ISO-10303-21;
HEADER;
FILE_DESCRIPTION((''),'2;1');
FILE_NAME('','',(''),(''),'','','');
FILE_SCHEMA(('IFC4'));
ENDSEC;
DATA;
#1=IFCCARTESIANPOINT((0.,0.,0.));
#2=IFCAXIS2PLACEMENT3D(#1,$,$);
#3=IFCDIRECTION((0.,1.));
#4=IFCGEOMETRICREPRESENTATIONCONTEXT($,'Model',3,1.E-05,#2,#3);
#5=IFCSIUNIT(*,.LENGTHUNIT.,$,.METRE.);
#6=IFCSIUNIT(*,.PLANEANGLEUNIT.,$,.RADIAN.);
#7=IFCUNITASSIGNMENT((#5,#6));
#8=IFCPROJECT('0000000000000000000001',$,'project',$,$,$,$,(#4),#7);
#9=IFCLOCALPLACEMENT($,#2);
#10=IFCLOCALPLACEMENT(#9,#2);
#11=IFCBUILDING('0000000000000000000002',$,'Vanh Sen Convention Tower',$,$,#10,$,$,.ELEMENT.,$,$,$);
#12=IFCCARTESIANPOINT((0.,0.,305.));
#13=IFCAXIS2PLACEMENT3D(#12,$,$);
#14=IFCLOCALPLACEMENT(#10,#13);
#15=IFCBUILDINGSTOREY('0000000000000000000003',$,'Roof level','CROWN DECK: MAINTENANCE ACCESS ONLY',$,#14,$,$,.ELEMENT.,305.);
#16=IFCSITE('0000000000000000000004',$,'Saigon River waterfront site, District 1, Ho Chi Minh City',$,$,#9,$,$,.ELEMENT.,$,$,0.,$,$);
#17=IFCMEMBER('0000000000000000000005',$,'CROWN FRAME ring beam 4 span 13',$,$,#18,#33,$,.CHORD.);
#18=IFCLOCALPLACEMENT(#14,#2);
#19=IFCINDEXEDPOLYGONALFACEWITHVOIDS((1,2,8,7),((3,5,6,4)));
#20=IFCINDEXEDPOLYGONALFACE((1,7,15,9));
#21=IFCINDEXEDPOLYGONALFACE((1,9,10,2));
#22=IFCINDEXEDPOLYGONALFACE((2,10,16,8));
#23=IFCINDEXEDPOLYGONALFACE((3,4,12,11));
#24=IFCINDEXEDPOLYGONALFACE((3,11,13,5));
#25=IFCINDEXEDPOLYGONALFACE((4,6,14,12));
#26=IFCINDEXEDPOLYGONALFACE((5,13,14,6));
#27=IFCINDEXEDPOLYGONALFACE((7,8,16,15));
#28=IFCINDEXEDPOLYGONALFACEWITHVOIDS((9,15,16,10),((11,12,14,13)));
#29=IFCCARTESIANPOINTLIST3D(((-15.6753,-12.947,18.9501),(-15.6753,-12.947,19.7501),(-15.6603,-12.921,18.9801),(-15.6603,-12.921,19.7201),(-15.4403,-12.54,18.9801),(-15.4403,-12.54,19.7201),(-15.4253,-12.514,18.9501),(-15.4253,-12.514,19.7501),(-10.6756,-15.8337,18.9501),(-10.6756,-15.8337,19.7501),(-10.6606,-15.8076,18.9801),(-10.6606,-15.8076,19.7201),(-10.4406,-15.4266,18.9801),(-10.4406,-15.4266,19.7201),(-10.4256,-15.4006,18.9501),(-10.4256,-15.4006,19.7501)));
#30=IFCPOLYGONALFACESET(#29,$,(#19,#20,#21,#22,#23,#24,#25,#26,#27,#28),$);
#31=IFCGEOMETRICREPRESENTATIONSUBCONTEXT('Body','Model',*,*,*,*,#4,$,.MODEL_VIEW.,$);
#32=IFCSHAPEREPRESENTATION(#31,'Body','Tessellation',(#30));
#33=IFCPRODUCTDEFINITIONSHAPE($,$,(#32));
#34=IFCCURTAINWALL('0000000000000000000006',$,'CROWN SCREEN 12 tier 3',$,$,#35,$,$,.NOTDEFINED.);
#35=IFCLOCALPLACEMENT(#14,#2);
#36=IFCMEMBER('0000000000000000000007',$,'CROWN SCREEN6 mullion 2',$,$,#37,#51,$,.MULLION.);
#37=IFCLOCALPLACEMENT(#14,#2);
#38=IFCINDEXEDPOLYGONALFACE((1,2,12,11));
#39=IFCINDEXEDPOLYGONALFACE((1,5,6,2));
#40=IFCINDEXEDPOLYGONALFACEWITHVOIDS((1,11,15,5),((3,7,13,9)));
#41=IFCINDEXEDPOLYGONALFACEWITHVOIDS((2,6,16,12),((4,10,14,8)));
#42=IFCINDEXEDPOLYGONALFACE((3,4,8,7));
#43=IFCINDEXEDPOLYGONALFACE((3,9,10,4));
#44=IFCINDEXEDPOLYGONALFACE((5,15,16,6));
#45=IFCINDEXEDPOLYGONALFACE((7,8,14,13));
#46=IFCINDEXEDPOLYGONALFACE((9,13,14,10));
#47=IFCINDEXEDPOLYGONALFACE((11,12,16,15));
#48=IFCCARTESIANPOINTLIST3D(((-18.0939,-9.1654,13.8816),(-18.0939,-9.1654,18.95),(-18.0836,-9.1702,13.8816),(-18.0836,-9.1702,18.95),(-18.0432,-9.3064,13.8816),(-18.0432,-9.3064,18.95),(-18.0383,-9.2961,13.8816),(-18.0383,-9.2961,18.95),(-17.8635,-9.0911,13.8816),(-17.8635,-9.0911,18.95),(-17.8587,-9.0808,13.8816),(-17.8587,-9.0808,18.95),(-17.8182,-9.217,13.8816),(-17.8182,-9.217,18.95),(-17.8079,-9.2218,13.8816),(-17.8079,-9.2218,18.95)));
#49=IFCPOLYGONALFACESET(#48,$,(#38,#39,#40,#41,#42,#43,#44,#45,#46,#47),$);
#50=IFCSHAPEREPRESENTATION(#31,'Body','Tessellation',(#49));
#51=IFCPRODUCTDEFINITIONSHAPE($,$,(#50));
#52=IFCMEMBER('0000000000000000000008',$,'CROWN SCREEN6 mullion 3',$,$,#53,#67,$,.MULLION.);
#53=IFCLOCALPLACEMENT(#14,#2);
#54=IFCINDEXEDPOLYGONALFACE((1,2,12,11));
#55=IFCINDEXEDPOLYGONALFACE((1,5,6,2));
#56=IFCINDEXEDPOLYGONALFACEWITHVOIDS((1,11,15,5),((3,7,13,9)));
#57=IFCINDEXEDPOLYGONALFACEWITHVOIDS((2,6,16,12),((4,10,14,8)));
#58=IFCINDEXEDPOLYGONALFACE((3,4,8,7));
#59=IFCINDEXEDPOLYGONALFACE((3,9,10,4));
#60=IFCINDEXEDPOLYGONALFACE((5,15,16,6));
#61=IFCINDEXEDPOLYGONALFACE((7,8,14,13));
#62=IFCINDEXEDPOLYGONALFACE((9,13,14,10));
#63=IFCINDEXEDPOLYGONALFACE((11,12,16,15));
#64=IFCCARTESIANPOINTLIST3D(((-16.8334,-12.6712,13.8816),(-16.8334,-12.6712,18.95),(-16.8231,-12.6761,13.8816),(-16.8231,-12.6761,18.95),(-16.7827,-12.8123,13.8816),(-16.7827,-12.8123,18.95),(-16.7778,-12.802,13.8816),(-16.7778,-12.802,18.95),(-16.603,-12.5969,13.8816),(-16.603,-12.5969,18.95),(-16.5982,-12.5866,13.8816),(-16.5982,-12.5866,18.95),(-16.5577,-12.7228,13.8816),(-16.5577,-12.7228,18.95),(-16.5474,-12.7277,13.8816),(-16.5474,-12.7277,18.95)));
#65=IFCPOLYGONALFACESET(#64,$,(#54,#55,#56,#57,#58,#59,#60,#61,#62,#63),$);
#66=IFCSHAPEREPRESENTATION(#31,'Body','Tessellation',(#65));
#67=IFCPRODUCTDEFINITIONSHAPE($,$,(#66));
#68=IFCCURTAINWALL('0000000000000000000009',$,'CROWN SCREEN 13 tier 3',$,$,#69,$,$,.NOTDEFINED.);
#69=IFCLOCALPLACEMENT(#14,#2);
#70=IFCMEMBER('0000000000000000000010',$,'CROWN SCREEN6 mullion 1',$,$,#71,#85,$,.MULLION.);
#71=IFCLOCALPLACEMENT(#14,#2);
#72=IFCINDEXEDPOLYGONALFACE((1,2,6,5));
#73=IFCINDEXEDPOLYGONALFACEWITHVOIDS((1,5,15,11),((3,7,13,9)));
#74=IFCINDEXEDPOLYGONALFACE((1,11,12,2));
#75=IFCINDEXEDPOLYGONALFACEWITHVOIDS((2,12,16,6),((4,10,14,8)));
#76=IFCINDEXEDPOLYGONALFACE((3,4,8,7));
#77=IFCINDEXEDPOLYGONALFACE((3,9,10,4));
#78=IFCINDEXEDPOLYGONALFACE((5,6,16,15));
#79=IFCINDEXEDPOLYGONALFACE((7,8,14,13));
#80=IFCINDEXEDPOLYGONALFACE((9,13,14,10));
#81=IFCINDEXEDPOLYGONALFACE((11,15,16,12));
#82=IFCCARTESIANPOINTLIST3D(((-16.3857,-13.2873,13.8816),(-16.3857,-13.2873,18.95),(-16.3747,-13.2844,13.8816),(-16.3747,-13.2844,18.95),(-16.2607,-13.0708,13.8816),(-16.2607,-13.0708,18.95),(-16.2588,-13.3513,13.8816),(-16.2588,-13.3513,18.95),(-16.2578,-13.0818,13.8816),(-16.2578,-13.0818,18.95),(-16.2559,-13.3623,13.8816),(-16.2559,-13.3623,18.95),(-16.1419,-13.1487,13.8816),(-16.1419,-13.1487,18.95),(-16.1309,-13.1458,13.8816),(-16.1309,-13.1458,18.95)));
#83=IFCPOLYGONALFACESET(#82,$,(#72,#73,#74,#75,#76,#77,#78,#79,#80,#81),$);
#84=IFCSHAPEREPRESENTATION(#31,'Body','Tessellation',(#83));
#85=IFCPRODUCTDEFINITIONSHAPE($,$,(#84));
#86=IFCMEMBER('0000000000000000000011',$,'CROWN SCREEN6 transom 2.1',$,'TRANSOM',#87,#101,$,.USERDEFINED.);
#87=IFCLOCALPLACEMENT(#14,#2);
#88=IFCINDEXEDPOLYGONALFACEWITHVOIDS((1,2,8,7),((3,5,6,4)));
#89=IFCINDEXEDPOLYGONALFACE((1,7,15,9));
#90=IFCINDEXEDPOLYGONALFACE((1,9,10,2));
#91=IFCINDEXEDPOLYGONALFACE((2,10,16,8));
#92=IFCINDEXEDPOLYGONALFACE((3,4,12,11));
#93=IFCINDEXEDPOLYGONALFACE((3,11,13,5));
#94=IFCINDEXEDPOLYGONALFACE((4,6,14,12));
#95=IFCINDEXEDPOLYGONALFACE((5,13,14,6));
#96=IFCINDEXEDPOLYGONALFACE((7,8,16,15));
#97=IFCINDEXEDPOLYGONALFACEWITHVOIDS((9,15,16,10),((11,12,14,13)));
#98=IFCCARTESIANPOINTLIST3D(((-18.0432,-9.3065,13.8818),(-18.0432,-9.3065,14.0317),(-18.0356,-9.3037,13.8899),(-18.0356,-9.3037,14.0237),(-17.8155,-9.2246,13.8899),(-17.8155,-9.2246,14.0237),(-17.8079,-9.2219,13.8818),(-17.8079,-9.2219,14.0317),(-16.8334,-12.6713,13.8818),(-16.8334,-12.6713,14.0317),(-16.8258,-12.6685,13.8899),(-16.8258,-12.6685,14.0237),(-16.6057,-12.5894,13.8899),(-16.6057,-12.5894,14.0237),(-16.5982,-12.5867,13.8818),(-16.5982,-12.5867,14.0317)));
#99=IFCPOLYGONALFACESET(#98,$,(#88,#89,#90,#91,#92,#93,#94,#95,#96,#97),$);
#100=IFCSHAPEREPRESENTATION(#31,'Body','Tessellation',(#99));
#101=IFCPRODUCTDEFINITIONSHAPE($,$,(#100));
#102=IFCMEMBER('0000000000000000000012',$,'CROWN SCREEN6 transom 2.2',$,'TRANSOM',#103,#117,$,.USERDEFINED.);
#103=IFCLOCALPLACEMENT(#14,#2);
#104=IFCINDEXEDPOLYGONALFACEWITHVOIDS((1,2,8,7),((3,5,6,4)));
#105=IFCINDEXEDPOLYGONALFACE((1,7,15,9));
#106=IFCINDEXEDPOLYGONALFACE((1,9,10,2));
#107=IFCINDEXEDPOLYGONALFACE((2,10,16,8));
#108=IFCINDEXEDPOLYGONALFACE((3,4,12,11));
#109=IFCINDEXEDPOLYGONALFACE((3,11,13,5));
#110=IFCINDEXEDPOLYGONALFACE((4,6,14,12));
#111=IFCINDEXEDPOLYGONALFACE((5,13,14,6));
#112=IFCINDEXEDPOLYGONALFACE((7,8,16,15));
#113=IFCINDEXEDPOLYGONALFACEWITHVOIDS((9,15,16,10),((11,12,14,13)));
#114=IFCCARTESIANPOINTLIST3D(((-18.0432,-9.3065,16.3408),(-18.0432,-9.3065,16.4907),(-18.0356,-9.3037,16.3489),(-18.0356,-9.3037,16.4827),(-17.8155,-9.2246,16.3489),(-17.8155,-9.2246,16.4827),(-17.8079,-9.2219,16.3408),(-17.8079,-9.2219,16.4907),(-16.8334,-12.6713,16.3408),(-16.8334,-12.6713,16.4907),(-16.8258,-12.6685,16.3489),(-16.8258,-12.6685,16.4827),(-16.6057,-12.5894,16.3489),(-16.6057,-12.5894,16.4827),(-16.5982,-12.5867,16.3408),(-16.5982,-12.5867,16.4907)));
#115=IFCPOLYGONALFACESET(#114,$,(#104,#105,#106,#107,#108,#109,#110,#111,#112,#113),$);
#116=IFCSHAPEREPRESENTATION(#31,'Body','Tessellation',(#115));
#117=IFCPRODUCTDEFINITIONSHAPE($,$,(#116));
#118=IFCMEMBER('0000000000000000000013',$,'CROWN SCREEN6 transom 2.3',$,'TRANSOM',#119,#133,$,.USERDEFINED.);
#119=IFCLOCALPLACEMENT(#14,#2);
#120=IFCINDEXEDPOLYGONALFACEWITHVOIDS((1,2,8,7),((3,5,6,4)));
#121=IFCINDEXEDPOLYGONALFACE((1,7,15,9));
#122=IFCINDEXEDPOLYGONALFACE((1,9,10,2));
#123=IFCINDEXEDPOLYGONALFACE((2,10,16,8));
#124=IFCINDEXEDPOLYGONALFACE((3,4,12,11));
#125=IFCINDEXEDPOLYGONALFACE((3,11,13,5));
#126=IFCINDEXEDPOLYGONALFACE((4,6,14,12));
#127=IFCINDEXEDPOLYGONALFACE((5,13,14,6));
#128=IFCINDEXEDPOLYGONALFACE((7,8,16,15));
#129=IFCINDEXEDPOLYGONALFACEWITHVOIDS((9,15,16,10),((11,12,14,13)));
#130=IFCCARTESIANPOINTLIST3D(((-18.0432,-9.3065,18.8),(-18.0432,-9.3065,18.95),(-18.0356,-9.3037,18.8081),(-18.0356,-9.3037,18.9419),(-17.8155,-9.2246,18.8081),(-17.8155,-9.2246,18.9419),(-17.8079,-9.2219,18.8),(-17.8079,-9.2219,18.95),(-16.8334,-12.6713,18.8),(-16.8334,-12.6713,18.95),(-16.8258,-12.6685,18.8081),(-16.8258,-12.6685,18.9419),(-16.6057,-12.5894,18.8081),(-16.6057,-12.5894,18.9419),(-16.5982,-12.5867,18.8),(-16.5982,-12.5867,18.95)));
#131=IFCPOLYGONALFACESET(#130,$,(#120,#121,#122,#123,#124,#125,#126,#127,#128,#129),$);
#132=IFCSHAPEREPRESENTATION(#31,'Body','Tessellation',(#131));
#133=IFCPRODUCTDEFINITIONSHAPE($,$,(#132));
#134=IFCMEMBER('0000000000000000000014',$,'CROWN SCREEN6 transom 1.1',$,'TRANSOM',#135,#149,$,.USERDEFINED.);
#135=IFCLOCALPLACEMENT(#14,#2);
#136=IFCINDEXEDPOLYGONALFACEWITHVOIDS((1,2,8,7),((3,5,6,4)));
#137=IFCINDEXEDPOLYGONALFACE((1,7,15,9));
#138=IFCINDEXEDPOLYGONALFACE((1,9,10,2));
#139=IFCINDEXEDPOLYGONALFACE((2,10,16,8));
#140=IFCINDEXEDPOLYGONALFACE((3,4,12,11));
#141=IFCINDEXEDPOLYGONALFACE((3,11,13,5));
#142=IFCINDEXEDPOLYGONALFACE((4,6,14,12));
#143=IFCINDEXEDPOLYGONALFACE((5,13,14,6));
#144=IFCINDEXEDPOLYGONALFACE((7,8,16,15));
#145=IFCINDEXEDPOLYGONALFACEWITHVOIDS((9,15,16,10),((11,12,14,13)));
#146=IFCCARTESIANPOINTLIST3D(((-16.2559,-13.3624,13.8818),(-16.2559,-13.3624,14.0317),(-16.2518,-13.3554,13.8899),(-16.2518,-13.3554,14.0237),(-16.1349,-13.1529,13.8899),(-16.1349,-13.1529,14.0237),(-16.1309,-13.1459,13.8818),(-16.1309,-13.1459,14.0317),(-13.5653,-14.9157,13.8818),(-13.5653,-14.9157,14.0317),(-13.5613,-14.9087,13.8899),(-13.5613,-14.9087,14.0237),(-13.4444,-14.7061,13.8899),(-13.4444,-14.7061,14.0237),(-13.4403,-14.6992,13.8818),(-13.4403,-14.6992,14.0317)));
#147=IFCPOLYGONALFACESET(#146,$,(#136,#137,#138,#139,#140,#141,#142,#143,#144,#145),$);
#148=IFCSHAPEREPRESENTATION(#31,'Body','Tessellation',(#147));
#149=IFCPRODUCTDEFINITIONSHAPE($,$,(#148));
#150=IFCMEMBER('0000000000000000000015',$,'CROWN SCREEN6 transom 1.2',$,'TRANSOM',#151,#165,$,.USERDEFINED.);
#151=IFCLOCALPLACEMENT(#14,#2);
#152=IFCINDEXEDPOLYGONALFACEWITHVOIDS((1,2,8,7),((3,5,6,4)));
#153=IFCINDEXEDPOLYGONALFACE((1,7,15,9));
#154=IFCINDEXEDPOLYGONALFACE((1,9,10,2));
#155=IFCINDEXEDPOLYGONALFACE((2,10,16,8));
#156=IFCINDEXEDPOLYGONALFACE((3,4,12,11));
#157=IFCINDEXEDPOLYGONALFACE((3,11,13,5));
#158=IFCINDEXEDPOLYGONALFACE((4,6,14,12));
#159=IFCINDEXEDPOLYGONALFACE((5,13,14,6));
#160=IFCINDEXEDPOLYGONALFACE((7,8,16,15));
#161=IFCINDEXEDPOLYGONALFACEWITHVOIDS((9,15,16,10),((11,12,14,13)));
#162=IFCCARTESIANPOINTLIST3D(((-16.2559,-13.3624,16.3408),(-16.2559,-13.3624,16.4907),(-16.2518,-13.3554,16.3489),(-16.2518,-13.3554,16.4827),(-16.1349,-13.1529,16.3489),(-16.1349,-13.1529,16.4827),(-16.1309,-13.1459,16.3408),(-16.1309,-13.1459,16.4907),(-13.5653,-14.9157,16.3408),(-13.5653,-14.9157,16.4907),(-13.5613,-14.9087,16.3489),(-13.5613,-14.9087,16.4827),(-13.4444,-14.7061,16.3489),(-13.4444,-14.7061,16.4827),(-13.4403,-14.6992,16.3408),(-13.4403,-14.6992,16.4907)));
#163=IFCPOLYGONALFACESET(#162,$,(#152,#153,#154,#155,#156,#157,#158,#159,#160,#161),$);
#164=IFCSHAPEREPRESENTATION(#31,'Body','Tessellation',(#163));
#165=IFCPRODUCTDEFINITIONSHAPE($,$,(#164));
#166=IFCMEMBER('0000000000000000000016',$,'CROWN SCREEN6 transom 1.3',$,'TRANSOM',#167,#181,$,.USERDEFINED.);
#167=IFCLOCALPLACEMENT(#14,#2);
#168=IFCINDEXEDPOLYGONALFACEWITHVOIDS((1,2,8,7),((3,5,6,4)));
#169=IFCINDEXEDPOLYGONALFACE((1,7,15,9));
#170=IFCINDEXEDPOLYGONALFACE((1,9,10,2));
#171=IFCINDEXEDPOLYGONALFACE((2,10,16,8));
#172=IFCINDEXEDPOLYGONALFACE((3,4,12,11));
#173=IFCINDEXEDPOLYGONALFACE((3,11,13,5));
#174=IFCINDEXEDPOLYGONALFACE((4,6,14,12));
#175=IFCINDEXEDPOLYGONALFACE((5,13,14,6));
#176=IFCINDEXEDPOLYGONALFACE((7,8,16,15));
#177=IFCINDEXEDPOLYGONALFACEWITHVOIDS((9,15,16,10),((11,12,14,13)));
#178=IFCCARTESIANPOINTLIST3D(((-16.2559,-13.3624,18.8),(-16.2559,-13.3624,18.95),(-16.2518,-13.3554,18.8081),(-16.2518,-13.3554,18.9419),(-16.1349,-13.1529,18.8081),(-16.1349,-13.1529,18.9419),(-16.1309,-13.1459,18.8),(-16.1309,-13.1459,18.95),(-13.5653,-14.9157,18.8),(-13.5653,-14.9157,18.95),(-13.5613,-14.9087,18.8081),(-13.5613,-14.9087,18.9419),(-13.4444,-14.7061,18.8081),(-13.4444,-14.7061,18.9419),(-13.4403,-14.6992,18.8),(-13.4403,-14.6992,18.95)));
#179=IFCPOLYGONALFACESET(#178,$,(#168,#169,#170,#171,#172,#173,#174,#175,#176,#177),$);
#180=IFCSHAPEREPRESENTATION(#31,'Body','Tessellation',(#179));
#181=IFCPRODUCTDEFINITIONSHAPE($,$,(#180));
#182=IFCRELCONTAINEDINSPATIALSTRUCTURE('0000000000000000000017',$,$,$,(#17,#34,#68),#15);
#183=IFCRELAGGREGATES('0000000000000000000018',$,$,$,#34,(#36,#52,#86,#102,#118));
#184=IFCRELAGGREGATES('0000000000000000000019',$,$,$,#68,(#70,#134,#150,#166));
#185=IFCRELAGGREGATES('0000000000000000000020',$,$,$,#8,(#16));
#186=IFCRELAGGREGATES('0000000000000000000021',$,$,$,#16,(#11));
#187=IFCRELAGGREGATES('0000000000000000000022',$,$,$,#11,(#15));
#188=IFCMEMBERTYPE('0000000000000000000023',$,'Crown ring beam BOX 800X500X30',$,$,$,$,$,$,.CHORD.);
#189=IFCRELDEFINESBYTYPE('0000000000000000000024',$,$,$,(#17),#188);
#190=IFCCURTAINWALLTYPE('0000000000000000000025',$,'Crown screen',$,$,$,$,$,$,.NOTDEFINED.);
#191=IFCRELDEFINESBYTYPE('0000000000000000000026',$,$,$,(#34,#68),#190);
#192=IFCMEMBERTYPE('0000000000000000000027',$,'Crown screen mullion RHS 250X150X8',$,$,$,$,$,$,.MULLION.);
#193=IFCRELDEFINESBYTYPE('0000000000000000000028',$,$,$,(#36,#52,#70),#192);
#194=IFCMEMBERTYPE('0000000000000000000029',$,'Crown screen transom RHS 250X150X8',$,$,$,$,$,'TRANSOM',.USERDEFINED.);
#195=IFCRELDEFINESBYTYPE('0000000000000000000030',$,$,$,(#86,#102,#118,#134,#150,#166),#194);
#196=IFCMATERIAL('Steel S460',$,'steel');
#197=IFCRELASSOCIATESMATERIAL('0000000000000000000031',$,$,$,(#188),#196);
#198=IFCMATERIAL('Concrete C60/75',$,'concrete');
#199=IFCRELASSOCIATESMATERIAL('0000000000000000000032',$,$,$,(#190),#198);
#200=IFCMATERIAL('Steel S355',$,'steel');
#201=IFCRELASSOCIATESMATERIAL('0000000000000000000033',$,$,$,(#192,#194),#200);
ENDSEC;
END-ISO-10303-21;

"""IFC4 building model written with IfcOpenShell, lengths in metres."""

from ifc_helpers import new_model, si_unit, direction, frame, origin, origin_2d, place, context, subcontext, project, spatial, hollow_rectangle, extrude, material, material_profile, profile_set, type_object, element, aggregate, save


model = new_model("IFC4")

# Units and contexts
model_context = context("Model", 3, precision=1e-05, world=origin(), true_north=direction((0.0, 1.0)))
body_context = subcontext(model_context, "Body", "Model", "MODEL_VIEW")
ifc_project = project(units=[si_unit("LENGTHUNIT", "METRE"), si_unit("PLANEANGLEUNIT", "RADIAN")], contexts=[model_context])

# Site, building, storey
site_placement = place(None, origin())
site = spatial("IfcSite", under=ifc_project, at=site_placement, Name="Saigon River waterfront site, District 1, Ho Chi Minh City", CompositionType="ELEMENT", RefElevation=0.0)
building_placement = place(site_placement, origin())
building = spatial("IfcBuilding", under=site, at=building_placement, Name="Vanh Sen Convention Tower", CompositionType="ELEMENT")
storey_placement = place(building_placement, frame((0.0, 0.0, 305.0)))
storey = spatial("IfcBuildingStorey", under=building, at=storey_placement, Name="Roof level", Description="CROWN DECK: MAINTENANCE ACCESS ONLY", CompositionType="ELEMENT", Elevation=305.0)

# Member
ifc_material_1 = material(Name="Steel S460", Category="steel")
ifc_material_profile_1 = material_profile(ifc_material_1, hollow_rectangle(XDim=0.5, YDim=0.8, WallThickness=0.03, at=origin_2d()), Name="BOX 800X500X30")
ifc_profile_set_1 = profile_set([ifc_material_profile_1], Name="Steel S460")
member_type_1 = type_object("IfcMemberType", Name="Crown ring beam BOX 800X500X30", PredefinedType="CHORD", material=ifc_profile_set_1)
member_1_placement = place(storey_placement, frame((-15.5503, -12.7305, 19.3501), z_axis=(0.866017, -0.500014, 0.0), x_axis=(0.500014, 0.866017, 0.0)))
element("IfcMember", 1, at=member_1_placement, inside=storey, type_object=member_type_1, Name="CROWN FRAME ring beam 4 span 13", PredefinedType="CHORD", context=body_context, shape_type="SweptSolid", body=[
    extrude(hollow_rectangle(XDim=0.5, YDim=0.8, WallThickness=0.03, at=origin_2d()), origin(), (0.0, 0.0, 1.0), 5.7732),
])

# Curtain wall, members
ifc_material_2 = material(Name="Concrete C60/75", Category="concrete")
curtain_wall_type = type_object("IfcCurtainWallType", Name="Crown screen", PredefinedType="NOTDEFINED", material=ifc_material_2)
curtain_wall_1_placement = place(storey_placement, origin())
curtain_wall_1 = element("IfcCurtainWall", 2, at=curtain_wall_1_placement, inside=storey, type_object=curtain_wall_type, Name="CROWN SCREEN 12 tier 3", PredefinedType="NOTDEFINED")
ifc_material_3 = material(Name="Steel S355", Category="steel")
ifc_material_profile_2 = material_profile(ifc_material_3, hollow_rectangle(XDim=0.25, YDim=0.1499, WallThickness=0.0081, at=origin_2d()), Name="RHS 250X150X8")
ifc_profile_set_2 = profile_set([ifc_material_profile_2], Name="Steel S355")
member_type_2 = type_object("IfcMemberType", Name="Crown screen mullion RHS 250X150X8", PredefinedType="MULLION", material=ifc_profile_set_2)
member_2_placement = place(storey_placement, frame((-17.9509, -9.1936, 13.8816), z_axis=(0.0, 0.0, 1.0), x_axis=(0.941021, 0.338349, 0.0)))
member_2 = element("IfcMember", 3, at=member_2_placement, type_object=member_type_2, Name="CROWN SCREEN6 mullion 2", PredefinedType="MULLION", context=body_context, shape_type="SweptSolid", body=[
    extrude(hollow_rectangle(XDim=0.25, YDim=0.1499, WallThickness=0.0081, at=origin_2d()), origin(), (0.0, 0.0, 1.0), 5.0684),
])
member_3_placement = place(storey_placement, frame((-16.6904, -12.6995, 13.8816), z_axis=(0.0, 0.0, 1.0), x_axis=(0.941021, 0.338349, 0.0)))
member_3 = element("IfcMember", 4, at=member_3_placement, type_object=member_type_2, Name="CROWN SCREEN6 mullion 3", PredefinedType="MULLION", context=body_context, shape_type="SweptSolid", body=[
    extrude(hollow_rectangle(XDim=0.25, YDim=0.1499, WallThickness=0.0081, at=origin_2d()), origin(), (0.0, 0.0, 1.0), 5.0684),
])

# Curtain wall, member
curtain_wall_2_placement = place(storey_placement, origin())
curtain_wall_2 = element("IfcCurtainWall", 5, at=curtain_wall_2_placement, inside=storey, type_object=curtain_wall_type, Name="CROWN SCREEN 13 tier 3", PredefinedType="NOTDEFINED")
member_4_placement = place(storey_placement, frame((-16.2583, -13.2166, 13.8816), z_axis=(0.0, 0.0, 1.0), x_axis=(0.500005, 0.866023, 0.0)))
member_4 = element("IfcMember", 6, at=member_4_placement, type_object=member_type_2, Name="CROWN SCREEN6 mullion 1", PredefinedType="MULLION", context=body_context, shape_type="SweptSolid", body=[
    extrude(hollow_rectangle(XDim=0.25, YDim=0.1499, WallThickness=0.0081, at=origin_2d()), origin(), (0.0, 0.0, 1.0), 5.0684),
])

# Members
ifc_material_profile_3 = material_profile(ifc_material_3, hollow_rectangle(XDim=0.25, YDim=0.1499, WallThickness=0.0081, at=origin_2d()), Name="RHS 250X150X8")
ifc_profile_set_3 = profile_set([ifc_material_profile_3], Name="Steel S355")
member_type_3 = type_object("IfcMemberType", Name="Crown screen transom RHS 250X150X8", ElementType="TRANSOM", PredefinedType="USERDEFINED", material=ifc_profile_set_3)
member_5_placement = place(storey_placement, frame((-17.9255, -9.2642, 13.9568), z_axis=(0.338325, -0.941029, 0.0), x_axis=(0.941029, 0.338325, 0.0)))
member_5 = element("IfcMember", 7, at=member_5_placement, type_object=member_type_3, Name="CROWN SCREEN6 transom 2.1", ObjectType="TRANSOM", PredefinedType="USERDEFINED", context=body_context, shape_type="SweptSolid", body=[
    extrude(hollow_rectangle(XDim=0.25, YDim=0.1499, WallThickness=0.0081, at=origin_2d()), origin(), (0.0, 0.0, 1.0), 3.5757),
])
member_6_placement = place(storey_placement, frame((-17.9255, -9.2642, 16.4158), z_axis=(0.338325, -0.941029, 0.0), x_axis=(0.941029, 0.338325, 0.0)))
member_6 = element("IfcMember", 8, at=member_6_placement, type_object=member_type_3, Name="CROWN SCREEN6 transom 2.2", ObjectType="TRANSOM", PredefinedType="USERDEFINED", context=body_context, shape_type="SweptSolid", body=[
    extrude(hollow_rectangle(XDim=0.25, YDim=0.1499, WallThickness=0.0081, at=origin_2d()), origin(), (0.0, 0.0, 1.0), 3.5757),
])
member_7_placement = place(storey_placement, frame((-17.9255, -9.2642, 18.875), z_axis=(0.338325, -0.941029, 0.0), x_axis=(0.941029, 0.338325, 0.0)))
member_7 = element("IfcMember", 9, at=member_7_placement, type_object=member_type_3, Name="CROWN SCREEN6 transom 2.3", ObjectType="TRANSOM", PredefinedType="USERDEFINED", context=body_context, shape_type="SweptSolid", body=[
    extrude(hollow_rectangle(XDim=0.25, YDim=0.1499, WallThickness=0.0081, at=origin_2d()), origin(), (0.0, 0.0, 1.0), 3.5757),
])
member_8_placement = place(storey_placement, frame((-16.1934, -13.2542, 13.9568), z_axis=(0.866039, -0.499976, 0.0), x_axis=(0.499976, 0.866039, 0.0)))
member_8 = element("IfcMember", 10, at=member_8_placement, type_object=member_type_3, Name="CROWN SCREEN6 transom 1.1", ObjectType="TRANSOM", PredefinedType="USERDEFINED", context=body_context, shape_type="SweptSolid", body=[
    extrude(hollow_rectangle(XDim=0.25, YDim=0.1499, WallThickness=0.0081, at=origin_2d()), origin(), (0.0, 0.0, 1.0), 3.1067),
])
member_9_placement = place(storey_placement, frame((-16.1934, -13.2542, 16.4158), z_axis=(0.866039, -0.499976, 0.0), x_axis=(0.499976, 0.866039, 0.0)))
member_9 = element("IfcMember", 11, at=member_9_placement, type_object=member_type_3, Name="CROWN SCREEN6 transom 1.2", ObjectType="TRANSOM", PredefinedType="USERDEFINED", context=body_context, shape_type="SweptSolid", body=[
    extrude(hollow_rectangle(XDim=0.25, YDim=0.1499, WallThickness=0.0081, at=origin_2d()), origin(), (0.0, 0.0, 1.0), 3.1067),
])
member_10_placement = place(storey_placement, frame((-16.1934, -13.2542, 18.875), z_axis=(0.866039, -0.499976, 0.0), x_axis=(0.499976, 0.866039, 0.0)))
member_10 = element("IfcMember", 12, at=member_10_placement, type_object=member_type_3, Name="CROWN SCREEN6 transom 1.3", ObjectType="TRANSOM", PredefinedType="USERDEFINED", context=body_context, shape_type="SweptSolid", body=[
    extrude(hollow_rectangle(XDim=0.25, YDim=0.1499, WallThickness=0.0081, at=origin_2d()), origin(), (0.0, 0.0, 1.0), 3.1067),
])

aggregate(curtain_wall_1, [member_2, member_3, member_5, member_6, member_7])
aggregate(curtain_wall_2, [member_4, member_8, member_9, member_10])

save(model, "model.ifc")
